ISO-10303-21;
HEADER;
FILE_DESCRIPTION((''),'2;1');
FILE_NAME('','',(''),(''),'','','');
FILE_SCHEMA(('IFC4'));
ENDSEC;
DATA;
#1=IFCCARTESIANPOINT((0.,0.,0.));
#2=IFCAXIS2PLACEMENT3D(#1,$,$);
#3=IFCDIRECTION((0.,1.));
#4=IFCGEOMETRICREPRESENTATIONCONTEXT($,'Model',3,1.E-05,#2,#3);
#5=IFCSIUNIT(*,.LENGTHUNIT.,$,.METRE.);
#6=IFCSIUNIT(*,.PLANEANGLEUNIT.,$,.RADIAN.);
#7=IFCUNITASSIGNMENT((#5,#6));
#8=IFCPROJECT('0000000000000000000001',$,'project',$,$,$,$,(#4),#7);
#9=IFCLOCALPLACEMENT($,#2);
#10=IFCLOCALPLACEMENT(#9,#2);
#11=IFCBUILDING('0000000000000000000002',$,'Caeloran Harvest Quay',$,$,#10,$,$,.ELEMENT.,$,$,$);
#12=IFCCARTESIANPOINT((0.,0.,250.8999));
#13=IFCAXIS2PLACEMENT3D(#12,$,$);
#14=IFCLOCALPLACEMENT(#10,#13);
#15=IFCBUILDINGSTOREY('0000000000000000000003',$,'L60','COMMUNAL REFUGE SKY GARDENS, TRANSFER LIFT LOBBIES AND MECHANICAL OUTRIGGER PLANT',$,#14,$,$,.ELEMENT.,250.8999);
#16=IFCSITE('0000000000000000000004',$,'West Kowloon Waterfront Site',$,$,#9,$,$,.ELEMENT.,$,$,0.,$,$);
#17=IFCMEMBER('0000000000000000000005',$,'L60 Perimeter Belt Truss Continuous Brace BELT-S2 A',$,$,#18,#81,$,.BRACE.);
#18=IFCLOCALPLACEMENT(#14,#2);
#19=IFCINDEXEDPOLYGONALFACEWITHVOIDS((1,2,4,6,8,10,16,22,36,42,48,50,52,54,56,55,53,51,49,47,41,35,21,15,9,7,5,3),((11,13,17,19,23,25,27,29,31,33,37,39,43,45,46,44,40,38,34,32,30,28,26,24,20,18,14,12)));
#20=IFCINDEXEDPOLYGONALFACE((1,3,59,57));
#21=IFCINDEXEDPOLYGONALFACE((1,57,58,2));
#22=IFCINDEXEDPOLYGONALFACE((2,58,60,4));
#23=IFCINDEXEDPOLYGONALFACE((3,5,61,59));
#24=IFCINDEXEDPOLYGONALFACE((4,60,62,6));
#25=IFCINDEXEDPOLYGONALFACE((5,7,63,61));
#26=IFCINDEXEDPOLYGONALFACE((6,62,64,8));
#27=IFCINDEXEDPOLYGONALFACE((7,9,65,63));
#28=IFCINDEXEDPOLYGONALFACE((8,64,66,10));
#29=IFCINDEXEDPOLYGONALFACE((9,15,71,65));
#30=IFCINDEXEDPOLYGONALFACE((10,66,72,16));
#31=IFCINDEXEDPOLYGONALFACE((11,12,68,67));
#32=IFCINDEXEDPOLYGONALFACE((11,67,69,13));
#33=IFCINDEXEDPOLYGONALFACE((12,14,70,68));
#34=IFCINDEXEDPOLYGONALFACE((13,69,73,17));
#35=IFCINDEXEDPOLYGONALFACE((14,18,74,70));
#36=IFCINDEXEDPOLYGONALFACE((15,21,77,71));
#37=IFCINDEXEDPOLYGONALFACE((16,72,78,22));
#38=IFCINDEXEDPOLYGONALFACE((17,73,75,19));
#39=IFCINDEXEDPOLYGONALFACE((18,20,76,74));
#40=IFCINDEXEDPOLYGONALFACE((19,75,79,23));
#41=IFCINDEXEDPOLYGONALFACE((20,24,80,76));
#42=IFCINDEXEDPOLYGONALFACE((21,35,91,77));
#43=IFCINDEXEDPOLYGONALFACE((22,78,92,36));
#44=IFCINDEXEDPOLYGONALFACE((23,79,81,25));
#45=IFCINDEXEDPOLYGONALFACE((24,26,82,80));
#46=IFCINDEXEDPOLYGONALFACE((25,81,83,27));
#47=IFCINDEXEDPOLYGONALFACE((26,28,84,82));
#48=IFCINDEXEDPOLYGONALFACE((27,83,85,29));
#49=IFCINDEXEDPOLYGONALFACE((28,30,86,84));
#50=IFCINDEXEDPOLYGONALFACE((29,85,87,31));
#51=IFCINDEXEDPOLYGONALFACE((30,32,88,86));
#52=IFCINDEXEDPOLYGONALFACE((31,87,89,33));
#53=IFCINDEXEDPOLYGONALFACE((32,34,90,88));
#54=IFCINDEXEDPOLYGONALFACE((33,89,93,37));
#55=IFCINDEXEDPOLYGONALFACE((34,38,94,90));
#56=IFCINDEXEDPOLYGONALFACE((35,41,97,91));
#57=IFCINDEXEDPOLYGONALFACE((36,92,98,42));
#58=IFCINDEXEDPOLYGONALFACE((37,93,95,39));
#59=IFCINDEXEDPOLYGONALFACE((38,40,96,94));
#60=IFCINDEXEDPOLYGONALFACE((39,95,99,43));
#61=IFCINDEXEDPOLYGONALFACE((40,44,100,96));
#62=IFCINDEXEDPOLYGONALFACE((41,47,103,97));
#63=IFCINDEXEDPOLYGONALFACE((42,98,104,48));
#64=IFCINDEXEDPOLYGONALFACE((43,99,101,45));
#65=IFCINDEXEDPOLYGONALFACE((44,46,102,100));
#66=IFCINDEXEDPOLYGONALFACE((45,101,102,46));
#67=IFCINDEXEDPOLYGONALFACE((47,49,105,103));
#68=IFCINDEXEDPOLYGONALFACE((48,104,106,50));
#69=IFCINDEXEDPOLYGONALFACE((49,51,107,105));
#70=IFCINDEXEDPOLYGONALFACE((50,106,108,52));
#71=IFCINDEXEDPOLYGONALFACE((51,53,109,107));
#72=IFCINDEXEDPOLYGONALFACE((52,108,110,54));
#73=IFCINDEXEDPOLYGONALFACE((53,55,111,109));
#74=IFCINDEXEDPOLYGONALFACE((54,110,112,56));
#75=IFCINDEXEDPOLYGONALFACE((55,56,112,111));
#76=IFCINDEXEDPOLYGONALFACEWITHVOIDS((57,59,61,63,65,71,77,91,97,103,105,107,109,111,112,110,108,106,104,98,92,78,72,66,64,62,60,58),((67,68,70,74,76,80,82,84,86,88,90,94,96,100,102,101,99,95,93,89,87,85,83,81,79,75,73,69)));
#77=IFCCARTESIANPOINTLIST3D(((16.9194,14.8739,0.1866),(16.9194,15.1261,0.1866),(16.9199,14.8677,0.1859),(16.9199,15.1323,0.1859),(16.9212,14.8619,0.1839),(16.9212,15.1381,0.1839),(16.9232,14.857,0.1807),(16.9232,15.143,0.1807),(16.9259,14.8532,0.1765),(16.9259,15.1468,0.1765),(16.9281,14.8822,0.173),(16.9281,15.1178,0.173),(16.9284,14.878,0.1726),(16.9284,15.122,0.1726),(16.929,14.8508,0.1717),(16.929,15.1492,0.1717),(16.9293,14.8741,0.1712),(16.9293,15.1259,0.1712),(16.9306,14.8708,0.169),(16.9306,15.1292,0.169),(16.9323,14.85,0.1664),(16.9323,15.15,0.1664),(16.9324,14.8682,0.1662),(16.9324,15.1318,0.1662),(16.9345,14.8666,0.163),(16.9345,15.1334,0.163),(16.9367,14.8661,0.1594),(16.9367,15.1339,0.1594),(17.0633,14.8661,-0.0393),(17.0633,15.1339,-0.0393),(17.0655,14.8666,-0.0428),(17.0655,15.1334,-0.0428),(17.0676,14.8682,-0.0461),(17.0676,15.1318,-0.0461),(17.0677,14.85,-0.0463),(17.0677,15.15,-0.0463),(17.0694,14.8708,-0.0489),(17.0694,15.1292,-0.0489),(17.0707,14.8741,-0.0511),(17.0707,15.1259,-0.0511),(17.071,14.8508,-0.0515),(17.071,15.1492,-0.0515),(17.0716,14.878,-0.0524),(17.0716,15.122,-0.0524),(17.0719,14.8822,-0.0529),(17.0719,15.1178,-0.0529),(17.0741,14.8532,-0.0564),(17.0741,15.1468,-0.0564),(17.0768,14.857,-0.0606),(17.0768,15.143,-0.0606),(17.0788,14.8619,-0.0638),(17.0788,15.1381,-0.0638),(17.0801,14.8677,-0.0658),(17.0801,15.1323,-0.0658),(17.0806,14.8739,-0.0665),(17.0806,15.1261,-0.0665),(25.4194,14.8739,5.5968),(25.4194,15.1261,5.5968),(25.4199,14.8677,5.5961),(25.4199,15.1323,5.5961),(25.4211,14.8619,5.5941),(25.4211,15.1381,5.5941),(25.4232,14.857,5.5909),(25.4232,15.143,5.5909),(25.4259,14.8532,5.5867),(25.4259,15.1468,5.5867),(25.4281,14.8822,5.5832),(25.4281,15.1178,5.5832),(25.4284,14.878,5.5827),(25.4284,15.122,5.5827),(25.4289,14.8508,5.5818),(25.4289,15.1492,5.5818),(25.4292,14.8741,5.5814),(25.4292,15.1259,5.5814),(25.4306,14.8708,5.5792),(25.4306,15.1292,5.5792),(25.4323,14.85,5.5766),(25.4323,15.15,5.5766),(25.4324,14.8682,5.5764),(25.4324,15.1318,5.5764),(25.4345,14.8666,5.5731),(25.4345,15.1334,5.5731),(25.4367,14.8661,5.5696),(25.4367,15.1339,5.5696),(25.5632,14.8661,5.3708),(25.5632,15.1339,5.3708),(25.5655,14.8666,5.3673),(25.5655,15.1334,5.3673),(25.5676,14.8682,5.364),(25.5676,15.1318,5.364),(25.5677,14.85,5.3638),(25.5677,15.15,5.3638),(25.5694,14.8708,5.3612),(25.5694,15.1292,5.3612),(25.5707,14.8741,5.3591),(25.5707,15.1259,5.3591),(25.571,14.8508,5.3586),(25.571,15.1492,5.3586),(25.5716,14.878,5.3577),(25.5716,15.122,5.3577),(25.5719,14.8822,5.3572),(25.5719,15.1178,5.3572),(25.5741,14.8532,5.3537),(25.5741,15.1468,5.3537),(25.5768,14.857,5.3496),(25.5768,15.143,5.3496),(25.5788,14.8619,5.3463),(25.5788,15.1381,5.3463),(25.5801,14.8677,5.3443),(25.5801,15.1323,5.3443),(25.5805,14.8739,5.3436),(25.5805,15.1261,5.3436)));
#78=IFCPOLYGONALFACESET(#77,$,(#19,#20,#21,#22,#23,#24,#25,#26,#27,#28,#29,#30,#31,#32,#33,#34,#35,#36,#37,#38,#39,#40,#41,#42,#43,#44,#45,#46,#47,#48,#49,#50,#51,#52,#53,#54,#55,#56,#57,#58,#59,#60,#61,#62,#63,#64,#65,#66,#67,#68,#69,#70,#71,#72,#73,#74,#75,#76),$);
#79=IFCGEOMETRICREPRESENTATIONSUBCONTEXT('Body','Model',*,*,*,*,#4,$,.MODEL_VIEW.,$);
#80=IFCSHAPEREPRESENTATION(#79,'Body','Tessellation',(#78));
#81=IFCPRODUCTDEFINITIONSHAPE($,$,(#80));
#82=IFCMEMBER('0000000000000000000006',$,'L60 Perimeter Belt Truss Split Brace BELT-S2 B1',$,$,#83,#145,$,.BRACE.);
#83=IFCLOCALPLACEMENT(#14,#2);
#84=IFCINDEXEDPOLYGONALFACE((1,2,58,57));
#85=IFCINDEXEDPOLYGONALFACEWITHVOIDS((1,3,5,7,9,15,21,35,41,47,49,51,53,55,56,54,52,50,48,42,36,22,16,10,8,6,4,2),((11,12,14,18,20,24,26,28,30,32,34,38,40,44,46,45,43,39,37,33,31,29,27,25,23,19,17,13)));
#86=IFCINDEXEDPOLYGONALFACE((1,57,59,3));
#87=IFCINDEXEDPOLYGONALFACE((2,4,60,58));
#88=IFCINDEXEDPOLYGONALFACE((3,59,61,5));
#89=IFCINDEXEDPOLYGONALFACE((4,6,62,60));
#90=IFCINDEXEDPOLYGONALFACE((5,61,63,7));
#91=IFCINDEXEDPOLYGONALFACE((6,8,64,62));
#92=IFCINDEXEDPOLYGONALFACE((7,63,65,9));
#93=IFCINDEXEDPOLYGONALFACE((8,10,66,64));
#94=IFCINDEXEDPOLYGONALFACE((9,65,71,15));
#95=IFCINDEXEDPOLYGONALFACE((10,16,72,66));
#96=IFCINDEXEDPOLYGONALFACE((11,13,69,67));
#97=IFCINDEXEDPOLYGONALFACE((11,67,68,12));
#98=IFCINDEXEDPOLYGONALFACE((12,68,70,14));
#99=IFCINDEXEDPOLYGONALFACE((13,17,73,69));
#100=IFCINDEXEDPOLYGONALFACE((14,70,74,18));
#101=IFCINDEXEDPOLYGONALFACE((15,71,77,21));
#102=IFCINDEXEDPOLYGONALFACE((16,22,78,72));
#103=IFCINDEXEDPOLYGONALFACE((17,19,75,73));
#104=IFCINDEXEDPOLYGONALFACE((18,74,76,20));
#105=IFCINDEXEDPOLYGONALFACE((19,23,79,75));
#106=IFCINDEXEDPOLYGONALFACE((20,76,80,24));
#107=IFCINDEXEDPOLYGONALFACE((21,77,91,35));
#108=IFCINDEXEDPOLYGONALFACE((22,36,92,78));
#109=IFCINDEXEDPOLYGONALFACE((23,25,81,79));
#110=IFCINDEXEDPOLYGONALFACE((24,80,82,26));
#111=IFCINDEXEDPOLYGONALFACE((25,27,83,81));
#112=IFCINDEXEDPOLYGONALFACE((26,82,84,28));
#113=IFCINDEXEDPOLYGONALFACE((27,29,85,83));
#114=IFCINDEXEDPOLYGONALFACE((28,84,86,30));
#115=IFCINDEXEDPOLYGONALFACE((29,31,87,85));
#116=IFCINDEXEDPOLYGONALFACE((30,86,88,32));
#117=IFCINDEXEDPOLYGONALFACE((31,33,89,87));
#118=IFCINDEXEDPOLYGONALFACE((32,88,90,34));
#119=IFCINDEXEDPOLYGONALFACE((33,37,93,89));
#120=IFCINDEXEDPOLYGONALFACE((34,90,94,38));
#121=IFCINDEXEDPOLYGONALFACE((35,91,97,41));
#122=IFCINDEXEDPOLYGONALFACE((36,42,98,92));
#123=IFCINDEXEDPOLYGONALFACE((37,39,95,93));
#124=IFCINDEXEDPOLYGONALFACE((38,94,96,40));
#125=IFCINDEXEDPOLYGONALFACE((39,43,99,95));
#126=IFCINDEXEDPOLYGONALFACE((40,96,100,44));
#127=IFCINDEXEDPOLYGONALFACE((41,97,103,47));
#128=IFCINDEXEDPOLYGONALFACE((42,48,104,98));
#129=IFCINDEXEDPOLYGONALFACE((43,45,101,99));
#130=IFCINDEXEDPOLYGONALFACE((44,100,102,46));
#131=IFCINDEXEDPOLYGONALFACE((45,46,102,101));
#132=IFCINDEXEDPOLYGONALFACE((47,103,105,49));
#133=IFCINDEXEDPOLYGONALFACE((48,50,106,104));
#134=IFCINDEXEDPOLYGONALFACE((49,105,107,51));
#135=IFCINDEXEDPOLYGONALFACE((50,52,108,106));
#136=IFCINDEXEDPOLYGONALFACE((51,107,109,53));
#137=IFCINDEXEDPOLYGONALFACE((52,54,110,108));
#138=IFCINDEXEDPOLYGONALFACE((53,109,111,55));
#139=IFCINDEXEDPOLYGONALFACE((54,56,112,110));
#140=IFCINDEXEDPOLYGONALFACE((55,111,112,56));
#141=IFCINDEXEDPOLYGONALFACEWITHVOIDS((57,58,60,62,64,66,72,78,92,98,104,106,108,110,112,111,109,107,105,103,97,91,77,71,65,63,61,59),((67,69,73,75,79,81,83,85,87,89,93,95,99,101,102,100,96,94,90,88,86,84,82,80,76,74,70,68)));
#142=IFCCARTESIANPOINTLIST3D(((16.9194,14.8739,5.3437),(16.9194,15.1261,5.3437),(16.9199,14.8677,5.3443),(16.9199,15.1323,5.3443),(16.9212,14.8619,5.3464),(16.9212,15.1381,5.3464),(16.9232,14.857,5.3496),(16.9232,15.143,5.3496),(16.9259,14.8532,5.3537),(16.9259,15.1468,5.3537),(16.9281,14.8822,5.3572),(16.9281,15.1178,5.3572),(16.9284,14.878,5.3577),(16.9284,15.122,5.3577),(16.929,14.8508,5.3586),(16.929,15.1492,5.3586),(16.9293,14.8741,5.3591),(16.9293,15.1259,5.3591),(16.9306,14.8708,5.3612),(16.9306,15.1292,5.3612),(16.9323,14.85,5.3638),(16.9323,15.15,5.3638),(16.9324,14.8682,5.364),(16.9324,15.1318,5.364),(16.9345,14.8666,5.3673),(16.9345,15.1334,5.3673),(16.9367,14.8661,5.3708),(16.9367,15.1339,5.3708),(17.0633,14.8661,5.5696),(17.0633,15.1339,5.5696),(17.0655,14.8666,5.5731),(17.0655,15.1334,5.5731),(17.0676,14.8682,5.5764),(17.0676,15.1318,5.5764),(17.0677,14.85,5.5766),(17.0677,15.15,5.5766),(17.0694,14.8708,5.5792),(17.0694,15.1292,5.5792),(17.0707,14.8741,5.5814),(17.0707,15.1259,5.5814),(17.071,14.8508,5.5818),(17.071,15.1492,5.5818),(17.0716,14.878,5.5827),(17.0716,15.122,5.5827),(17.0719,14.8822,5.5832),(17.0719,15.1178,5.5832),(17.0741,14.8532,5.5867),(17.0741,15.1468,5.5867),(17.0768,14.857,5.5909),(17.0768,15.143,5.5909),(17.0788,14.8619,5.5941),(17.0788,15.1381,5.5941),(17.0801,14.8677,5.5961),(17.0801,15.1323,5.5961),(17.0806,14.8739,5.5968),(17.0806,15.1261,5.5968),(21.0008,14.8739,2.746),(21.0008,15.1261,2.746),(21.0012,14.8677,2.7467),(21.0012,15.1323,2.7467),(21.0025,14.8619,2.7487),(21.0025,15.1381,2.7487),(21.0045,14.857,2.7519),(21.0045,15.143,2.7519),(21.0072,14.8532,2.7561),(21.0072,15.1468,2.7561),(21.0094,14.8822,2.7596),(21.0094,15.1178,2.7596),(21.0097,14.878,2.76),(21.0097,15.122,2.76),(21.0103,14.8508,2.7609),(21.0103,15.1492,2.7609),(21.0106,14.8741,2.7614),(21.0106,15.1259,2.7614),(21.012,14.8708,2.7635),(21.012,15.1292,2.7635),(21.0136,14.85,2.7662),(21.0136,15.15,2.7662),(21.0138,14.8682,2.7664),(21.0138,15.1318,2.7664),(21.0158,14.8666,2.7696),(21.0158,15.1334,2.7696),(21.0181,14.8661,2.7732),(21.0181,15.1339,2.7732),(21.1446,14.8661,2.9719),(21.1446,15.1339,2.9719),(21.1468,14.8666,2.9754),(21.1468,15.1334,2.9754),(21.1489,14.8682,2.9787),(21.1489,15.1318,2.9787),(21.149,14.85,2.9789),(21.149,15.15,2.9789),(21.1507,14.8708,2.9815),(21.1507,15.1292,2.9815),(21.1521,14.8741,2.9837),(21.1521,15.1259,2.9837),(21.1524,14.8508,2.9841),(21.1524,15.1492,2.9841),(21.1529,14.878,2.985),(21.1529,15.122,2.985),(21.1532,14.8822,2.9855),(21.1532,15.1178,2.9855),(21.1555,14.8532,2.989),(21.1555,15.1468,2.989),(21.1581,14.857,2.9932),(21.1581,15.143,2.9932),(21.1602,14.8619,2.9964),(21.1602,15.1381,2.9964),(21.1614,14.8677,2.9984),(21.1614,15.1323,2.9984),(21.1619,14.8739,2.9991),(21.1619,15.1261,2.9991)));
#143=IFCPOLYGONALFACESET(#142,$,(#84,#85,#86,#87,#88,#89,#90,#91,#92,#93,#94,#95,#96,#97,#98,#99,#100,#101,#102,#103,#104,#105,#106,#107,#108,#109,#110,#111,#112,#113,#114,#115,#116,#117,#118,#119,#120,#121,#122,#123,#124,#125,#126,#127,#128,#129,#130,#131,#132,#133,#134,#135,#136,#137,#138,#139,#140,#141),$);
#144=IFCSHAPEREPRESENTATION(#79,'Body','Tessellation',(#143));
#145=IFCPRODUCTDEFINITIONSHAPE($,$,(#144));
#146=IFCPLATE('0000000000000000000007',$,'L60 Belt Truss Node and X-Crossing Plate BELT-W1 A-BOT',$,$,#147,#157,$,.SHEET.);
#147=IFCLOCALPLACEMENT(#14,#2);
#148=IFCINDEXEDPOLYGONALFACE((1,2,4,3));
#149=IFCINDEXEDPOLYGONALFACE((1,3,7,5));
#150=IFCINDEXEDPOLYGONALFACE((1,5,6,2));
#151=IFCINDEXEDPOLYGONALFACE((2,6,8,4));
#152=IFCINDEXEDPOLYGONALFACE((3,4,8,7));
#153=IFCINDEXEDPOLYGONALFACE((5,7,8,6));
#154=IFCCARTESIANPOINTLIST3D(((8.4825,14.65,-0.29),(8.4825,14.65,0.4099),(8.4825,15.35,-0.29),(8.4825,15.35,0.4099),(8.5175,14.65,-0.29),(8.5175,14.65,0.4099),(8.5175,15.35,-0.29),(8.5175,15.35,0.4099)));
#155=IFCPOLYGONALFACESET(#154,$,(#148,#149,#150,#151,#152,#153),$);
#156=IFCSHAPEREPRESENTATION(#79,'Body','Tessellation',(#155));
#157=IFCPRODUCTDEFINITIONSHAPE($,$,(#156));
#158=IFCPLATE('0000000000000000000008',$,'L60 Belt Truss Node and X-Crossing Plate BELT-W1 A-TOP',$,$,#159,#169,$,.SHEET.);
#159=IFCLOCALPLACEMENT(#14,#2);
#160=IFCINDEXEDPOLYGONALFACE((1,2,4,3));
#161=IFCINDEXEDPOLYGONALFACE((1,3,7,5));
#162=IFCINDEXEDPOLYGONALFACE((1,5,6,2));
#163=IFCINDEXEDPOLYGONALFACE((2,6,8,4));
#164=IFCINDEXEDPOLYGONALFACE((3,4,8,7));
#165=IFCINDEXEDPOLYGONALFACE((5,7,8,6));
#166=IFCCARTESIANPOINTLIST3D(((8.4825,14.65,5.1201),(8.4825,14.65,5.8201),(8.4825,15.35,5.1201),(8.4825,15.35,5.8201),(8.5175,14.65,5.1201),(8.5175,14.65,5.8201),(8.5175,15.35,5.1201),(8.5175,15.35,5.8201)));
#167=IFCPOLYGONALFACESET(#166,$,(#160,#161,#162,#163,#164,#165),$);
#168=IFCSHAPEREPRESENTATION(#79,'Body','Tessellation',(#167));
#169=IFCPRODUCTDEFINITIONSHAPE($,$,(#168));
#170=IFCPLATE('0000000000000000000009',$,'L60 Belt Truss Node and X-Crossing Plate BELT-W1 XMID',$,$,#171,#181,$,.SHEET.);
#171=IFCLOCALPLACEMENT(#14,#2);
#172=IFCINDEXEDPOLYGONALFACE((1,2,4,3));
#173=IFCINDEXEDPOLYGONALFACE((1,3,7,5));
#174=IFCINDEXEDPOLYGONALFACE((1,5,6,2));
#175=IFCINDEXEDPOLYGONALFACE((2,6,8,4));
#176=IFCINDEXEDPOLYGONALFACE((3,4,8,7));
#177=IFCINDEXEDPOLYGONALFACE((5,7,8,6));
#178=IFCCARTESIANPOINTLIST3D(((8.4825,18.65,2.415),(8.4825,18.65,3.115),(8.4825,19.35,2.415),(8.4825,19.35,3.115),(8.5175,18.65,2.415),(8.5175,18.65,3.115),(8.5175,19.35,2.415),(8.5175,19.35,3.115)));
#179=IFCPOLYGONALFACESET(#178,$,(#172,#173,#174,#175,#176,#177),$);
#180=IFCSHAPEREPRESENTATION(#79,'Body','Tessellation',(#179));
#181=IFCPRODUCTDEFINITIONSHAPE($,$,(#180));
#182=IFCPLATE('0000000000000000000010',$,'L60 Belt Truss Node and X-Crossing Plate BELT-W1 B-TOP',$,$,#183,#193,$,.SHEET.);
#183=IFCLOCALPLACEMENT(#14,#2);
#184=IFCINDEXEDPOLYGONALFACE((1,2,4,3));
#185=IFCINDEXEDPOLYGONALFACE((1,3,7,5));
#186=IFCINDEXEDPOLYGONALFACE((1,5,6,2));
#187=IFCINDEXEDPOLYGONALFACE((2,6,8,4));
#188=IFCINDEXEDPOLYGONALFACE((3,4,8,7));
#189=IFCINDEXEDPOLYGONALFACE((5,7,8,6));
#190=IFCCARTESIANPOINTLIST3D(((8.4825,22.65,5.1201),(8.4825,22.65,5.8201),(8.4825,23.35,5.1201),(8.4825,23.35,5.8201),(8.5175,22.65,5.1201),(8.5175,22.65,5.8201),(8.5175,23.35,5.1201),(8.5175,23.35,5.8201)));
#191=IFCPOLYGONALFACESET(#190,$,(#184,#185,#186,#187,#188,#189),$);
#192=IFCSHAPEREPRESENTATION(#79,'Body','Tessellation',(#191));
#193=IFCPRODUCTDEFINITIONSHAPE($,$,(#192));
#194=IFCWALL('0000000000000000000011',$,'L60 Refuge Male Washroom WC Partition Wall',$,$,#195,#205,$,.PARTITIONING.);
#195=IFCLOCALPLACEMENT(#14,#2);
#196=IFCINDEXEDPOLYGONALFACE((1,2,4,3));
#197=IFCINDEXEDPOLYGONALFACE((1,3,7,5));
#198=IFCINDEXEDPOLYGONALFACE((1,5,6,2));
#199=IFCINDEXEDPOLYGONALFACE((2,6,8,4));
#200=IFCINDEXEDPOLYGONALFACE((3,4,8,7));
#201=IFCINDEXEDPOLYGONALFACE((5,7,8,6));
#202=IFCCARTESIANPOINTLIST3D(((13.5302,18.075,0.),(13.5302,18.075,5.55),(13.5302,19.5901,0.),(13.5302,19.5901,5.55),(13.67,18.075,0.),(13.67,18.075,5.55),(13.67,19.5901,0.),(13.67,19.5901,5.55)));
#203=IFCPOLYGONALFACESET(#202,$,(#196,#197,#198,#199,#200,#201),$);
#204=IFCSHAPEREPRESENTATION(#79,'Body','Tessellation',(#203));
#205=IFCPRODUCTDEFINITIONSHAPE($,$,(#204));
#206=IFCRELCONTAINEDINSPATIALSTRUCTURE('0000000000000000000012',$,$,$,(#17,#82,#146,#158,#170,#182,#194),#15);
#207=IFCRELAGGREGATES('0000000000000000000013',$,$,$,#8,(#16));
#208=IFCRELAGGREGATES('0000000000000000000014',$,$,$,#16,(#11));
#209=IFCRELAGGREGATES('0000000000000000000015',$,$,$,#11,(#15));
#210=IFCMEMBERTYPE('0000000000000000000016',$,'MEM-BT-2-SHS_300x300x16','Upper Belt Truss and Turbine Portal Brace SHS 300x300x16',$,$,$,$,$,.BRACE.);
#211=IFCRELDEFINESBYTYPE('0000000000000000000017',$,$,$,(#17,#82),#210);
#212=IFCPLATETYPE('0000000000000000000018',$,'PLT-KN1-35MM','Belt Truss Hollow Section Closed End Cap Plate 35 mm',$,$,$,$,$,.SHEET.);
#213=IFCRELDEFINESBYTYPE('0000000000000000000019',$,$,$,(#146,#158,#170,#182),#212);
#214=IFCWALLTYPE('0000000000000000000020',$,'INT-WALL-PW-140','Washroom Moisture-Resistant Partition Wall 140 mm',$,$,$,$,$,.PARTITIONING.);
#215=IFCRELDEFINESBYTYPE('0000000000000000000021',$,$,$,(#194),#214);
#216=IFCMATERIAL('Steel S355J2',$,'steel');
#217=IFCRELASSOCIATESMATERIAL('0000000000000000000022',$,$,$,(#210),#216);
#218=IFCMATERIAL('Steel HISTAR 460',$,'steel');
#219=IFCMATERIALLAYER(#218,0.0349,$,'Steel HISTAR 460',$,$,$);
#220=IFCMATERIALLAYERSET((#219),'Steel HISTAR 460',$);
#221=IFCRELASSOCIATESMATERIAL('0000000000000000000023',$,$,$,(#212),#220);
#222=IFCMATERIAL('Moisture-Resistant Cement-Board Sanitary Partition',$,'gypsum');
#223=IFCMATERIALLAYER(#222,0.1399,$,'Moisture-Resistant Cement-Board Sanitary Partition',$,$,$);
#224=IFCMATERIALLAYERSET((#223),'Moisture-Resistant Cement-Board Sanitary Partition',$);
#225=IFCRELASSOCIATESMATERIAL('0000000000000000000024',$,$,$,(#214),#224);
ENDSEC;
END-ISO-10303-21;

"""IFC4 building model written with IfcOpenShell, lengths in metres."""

from ifc_helpers import new_model, si_unit, direction, frame, frame_2d, origin, origin_2d, place, context, subcontext, project, spatial, rectangle, hollow_rectangle, extrude, material, layer, layer_set, material_profile, profile_set, type_object, element, save


model = new_model("IFC4")

# Units and contexts
model_context = context("Model", 3, precision=1e-05, world=origin(), true_north=direction((0.0, 1.0)))
body_context = subcontext(model_context, "Body", "Model", "MODEL_VIEW")
ifc_project = project(units=[si_unit("LENGTHUNIT", "METRE"), si_unit("PLANEANGLEUNIT", "RADIAN")], contexts=[model_context])

# Site, building, storey
site_placement = place(None, origin())
site = spatial("IfcSite", under=ifc_project, at=site_placement, Name="West Kowloon Waterfront Site", CompositionType="ELEMENT", RefElevation=0.0)
building_placement = place(site_placement, origin())
building = spatial("IfcBuilding", under=site, at=building_placement, Name="Caeloran Harvest Quay", CompositionType="ELEMENT")
storey_placement = place(building_placement, frame((0.0, 0.0, 250.8999)))
storey = spatial("IfcBuildingStorey", under=building, at=storey_placement, Name="L60", Description="COMMUNAL REFUGE SKY GARDENS, TRANSFER LIFT LOBBIES AND MECHANICAL OUTRIGGER PLANT", CompositionType="ELEMENT", Elevation=250.8999)

# Shared definitions
ifc_material_1 = material(Name="Steel S355J2", Category="steel")

# Members
ifc_material_profile_1 = material_profile(ifc_material_1, hollow_rectangle(XDim=0.3, YDim=0.3, WallThickness=0.0161, InnerFilletRadius=0.0161, OuterFilletRadius=0.0239, at=origin_2d()), Name="SHS 300x300x16")
ifc_profile_set_1 = profile_set([ifc_material_profile_1], Name="Steel S355J2")
member_type = type_object("IfcMemberType", Name="MEM-BT-2-SHS_300x300x16", Description="Upper Belt Truss and Turbine Portal Brace SHS 300x300x16", PredefinedType="BRACE", material=ifc_profile_set_1)
member_1_placement = place(storey_placement, frame((17.0, 15.0, 0.0601), z_axis=(0.843614, 0.0, 0.536951), x_axis=(0.0, 1.0, 0.0)))
element("IfcMember", 1, at=member_1_placement, inside=storey, type_object=member_type, Name="L60 Perimeter Belt Truss Continuous Brace BELT-S2 A", PredefinedType="BRACE", context=body_context, shape_type="SweptSolid", body=[
    extrude(hollow_rectangle(XDim=0.3, YDim=0.3, WallThickness=0.0161, InnerFilletRadius=0.0161, OuterFilletRadius=0.0239, at=origin_2d()), origin(), (0.0, 0.0, 1.0), 10.0757),
])
member_2_placement = place(storey_placement, frame((17.0, 15.0, 5.4702), z_axis=(0.843618, 0.0, -0.536944), x_axis=(0.0, 1.0, 0.0)))
element("IfcMember", 2, at=member_2_placement, inside=storey, type_object=member_type, Name="L60 Perimeter Belt Truss Split Brace BELT-S2 B1", PredefinedType="BRACE", context=body_context, shape_type="SweptSolid", body=[
    extrude(hollow_rectangle(XDim=0.3, YDim=0.3, WallThickness=0.0161, InnerFilletRadius=0.0161, OuterFilletRadius=0.0239, at=origin_2d()), origin(), (0.0, 0.0, 1.0), 4.8379),
])

# Plates
ifc_material_2 = material(Name="Steel HISTAR 460", Category="steel")
ifc_layer_1 = layer(ifc_material_2, 0.0349, Name="Steel HISTAR 460")
ifc_layer_set_1 = layer_set([ifc_layer_1], Name="Steel HISTAR 460")
plate_type = type_object("IfcPlateType", Name="PLT-KN1-35MM", Description="Belt Truss Hollow Section Closed End Cap Plate 35 mm", PredefinedType="SHEET", material=ifc_layer_set_1)
for number, where, z_axis, x_axis, name in (
    (3, (8.5, 15.0, -0.29), (0.0, 0.0, 1.0), (0.0, 1.0, 0.0), "L60 Belt Truss Node and X-Crossing Plate BELT-W1 A-BOT"),
    (4, (8.5, 15.0, 5.1201), (0.0, 0.0, 1.0), (0.0, 1.0, 0.0), "L60 Belt Truss Node and X-Crossing Plate BELT-W1 A-TOP"),
    (5, (8.5, 19.0, 2.415), (0.0, 0.0, 1.0), (0.0, 1.0, 0.0), "L60 Belt Truss Node and X-Crossing Plate BELT-W1 XMID"),
    (6, (8.5, 23.0, 5.1201), (0.0, 0.0, 1.0), (0.0, 1.0, 0.0), "L60 Belt Truss Node and X-Crossing Plate BELT-W1 B-TOP"),
):
    element("IfcPlate", number, at=place(storey_placement, frame(where, z_axis=z_axis, x_axis=x_axis)), inside=storey, type_object=plate_type, Name=name, PredefinedType="SHEET", context=body_context, shape_type="SweptSolid", body=[
        extrude(rectangle(XDim=0.7, YDim=0.0349, at=origin_2d()), origin(), (0.0, 0.0, 1.0), 0.7),
    ])

# Wall
ifc_material_3 = material(Name="Moisture-Resistant Cement-Board Sanitary Partition", Category="gypsum")
ifc_layer_2 = layer(ifc_material_3, 0.1399, Name="Moisture-Resistant Cement-Board Sanitary Partition")
ifc_layer_set_2 = layer_set([ifc_layer_2], Name="Moisture-Resistant Cement-Board Sanitary Partition")
wall_type = type_object("IfcWallType", Name="INT-WALL-PW-140", Description="Washroom Moisture-Resistant Partition Wall 140 mm", PredefinedType="PARTITIONING", material=ifc_layer_set_2)
wall_1_placement = place(storey_placement, frame((13.6001, 18.075, 0.0), z_axis=(0.0, 0.0, 1.0), x_axis=(0.0, 1.0, 0.0)))
element("IfcWall", 7, at=wall_1_placement, inside=storey, type_object=wall_type, Name="L60 Refuge Male Washroom WC Partition Wall", PredefinedType="PARTITIONING", context=body_context, shape_type="SweptSolid", body=[
    extrude(rectangle(XDim=1.5151, YDim=0.1399, at=frame_2d((0.7576, 0.0))), origin(), (0.0, 0.0, 1.0), 5.55),
])

save(model, "model.ifc")
